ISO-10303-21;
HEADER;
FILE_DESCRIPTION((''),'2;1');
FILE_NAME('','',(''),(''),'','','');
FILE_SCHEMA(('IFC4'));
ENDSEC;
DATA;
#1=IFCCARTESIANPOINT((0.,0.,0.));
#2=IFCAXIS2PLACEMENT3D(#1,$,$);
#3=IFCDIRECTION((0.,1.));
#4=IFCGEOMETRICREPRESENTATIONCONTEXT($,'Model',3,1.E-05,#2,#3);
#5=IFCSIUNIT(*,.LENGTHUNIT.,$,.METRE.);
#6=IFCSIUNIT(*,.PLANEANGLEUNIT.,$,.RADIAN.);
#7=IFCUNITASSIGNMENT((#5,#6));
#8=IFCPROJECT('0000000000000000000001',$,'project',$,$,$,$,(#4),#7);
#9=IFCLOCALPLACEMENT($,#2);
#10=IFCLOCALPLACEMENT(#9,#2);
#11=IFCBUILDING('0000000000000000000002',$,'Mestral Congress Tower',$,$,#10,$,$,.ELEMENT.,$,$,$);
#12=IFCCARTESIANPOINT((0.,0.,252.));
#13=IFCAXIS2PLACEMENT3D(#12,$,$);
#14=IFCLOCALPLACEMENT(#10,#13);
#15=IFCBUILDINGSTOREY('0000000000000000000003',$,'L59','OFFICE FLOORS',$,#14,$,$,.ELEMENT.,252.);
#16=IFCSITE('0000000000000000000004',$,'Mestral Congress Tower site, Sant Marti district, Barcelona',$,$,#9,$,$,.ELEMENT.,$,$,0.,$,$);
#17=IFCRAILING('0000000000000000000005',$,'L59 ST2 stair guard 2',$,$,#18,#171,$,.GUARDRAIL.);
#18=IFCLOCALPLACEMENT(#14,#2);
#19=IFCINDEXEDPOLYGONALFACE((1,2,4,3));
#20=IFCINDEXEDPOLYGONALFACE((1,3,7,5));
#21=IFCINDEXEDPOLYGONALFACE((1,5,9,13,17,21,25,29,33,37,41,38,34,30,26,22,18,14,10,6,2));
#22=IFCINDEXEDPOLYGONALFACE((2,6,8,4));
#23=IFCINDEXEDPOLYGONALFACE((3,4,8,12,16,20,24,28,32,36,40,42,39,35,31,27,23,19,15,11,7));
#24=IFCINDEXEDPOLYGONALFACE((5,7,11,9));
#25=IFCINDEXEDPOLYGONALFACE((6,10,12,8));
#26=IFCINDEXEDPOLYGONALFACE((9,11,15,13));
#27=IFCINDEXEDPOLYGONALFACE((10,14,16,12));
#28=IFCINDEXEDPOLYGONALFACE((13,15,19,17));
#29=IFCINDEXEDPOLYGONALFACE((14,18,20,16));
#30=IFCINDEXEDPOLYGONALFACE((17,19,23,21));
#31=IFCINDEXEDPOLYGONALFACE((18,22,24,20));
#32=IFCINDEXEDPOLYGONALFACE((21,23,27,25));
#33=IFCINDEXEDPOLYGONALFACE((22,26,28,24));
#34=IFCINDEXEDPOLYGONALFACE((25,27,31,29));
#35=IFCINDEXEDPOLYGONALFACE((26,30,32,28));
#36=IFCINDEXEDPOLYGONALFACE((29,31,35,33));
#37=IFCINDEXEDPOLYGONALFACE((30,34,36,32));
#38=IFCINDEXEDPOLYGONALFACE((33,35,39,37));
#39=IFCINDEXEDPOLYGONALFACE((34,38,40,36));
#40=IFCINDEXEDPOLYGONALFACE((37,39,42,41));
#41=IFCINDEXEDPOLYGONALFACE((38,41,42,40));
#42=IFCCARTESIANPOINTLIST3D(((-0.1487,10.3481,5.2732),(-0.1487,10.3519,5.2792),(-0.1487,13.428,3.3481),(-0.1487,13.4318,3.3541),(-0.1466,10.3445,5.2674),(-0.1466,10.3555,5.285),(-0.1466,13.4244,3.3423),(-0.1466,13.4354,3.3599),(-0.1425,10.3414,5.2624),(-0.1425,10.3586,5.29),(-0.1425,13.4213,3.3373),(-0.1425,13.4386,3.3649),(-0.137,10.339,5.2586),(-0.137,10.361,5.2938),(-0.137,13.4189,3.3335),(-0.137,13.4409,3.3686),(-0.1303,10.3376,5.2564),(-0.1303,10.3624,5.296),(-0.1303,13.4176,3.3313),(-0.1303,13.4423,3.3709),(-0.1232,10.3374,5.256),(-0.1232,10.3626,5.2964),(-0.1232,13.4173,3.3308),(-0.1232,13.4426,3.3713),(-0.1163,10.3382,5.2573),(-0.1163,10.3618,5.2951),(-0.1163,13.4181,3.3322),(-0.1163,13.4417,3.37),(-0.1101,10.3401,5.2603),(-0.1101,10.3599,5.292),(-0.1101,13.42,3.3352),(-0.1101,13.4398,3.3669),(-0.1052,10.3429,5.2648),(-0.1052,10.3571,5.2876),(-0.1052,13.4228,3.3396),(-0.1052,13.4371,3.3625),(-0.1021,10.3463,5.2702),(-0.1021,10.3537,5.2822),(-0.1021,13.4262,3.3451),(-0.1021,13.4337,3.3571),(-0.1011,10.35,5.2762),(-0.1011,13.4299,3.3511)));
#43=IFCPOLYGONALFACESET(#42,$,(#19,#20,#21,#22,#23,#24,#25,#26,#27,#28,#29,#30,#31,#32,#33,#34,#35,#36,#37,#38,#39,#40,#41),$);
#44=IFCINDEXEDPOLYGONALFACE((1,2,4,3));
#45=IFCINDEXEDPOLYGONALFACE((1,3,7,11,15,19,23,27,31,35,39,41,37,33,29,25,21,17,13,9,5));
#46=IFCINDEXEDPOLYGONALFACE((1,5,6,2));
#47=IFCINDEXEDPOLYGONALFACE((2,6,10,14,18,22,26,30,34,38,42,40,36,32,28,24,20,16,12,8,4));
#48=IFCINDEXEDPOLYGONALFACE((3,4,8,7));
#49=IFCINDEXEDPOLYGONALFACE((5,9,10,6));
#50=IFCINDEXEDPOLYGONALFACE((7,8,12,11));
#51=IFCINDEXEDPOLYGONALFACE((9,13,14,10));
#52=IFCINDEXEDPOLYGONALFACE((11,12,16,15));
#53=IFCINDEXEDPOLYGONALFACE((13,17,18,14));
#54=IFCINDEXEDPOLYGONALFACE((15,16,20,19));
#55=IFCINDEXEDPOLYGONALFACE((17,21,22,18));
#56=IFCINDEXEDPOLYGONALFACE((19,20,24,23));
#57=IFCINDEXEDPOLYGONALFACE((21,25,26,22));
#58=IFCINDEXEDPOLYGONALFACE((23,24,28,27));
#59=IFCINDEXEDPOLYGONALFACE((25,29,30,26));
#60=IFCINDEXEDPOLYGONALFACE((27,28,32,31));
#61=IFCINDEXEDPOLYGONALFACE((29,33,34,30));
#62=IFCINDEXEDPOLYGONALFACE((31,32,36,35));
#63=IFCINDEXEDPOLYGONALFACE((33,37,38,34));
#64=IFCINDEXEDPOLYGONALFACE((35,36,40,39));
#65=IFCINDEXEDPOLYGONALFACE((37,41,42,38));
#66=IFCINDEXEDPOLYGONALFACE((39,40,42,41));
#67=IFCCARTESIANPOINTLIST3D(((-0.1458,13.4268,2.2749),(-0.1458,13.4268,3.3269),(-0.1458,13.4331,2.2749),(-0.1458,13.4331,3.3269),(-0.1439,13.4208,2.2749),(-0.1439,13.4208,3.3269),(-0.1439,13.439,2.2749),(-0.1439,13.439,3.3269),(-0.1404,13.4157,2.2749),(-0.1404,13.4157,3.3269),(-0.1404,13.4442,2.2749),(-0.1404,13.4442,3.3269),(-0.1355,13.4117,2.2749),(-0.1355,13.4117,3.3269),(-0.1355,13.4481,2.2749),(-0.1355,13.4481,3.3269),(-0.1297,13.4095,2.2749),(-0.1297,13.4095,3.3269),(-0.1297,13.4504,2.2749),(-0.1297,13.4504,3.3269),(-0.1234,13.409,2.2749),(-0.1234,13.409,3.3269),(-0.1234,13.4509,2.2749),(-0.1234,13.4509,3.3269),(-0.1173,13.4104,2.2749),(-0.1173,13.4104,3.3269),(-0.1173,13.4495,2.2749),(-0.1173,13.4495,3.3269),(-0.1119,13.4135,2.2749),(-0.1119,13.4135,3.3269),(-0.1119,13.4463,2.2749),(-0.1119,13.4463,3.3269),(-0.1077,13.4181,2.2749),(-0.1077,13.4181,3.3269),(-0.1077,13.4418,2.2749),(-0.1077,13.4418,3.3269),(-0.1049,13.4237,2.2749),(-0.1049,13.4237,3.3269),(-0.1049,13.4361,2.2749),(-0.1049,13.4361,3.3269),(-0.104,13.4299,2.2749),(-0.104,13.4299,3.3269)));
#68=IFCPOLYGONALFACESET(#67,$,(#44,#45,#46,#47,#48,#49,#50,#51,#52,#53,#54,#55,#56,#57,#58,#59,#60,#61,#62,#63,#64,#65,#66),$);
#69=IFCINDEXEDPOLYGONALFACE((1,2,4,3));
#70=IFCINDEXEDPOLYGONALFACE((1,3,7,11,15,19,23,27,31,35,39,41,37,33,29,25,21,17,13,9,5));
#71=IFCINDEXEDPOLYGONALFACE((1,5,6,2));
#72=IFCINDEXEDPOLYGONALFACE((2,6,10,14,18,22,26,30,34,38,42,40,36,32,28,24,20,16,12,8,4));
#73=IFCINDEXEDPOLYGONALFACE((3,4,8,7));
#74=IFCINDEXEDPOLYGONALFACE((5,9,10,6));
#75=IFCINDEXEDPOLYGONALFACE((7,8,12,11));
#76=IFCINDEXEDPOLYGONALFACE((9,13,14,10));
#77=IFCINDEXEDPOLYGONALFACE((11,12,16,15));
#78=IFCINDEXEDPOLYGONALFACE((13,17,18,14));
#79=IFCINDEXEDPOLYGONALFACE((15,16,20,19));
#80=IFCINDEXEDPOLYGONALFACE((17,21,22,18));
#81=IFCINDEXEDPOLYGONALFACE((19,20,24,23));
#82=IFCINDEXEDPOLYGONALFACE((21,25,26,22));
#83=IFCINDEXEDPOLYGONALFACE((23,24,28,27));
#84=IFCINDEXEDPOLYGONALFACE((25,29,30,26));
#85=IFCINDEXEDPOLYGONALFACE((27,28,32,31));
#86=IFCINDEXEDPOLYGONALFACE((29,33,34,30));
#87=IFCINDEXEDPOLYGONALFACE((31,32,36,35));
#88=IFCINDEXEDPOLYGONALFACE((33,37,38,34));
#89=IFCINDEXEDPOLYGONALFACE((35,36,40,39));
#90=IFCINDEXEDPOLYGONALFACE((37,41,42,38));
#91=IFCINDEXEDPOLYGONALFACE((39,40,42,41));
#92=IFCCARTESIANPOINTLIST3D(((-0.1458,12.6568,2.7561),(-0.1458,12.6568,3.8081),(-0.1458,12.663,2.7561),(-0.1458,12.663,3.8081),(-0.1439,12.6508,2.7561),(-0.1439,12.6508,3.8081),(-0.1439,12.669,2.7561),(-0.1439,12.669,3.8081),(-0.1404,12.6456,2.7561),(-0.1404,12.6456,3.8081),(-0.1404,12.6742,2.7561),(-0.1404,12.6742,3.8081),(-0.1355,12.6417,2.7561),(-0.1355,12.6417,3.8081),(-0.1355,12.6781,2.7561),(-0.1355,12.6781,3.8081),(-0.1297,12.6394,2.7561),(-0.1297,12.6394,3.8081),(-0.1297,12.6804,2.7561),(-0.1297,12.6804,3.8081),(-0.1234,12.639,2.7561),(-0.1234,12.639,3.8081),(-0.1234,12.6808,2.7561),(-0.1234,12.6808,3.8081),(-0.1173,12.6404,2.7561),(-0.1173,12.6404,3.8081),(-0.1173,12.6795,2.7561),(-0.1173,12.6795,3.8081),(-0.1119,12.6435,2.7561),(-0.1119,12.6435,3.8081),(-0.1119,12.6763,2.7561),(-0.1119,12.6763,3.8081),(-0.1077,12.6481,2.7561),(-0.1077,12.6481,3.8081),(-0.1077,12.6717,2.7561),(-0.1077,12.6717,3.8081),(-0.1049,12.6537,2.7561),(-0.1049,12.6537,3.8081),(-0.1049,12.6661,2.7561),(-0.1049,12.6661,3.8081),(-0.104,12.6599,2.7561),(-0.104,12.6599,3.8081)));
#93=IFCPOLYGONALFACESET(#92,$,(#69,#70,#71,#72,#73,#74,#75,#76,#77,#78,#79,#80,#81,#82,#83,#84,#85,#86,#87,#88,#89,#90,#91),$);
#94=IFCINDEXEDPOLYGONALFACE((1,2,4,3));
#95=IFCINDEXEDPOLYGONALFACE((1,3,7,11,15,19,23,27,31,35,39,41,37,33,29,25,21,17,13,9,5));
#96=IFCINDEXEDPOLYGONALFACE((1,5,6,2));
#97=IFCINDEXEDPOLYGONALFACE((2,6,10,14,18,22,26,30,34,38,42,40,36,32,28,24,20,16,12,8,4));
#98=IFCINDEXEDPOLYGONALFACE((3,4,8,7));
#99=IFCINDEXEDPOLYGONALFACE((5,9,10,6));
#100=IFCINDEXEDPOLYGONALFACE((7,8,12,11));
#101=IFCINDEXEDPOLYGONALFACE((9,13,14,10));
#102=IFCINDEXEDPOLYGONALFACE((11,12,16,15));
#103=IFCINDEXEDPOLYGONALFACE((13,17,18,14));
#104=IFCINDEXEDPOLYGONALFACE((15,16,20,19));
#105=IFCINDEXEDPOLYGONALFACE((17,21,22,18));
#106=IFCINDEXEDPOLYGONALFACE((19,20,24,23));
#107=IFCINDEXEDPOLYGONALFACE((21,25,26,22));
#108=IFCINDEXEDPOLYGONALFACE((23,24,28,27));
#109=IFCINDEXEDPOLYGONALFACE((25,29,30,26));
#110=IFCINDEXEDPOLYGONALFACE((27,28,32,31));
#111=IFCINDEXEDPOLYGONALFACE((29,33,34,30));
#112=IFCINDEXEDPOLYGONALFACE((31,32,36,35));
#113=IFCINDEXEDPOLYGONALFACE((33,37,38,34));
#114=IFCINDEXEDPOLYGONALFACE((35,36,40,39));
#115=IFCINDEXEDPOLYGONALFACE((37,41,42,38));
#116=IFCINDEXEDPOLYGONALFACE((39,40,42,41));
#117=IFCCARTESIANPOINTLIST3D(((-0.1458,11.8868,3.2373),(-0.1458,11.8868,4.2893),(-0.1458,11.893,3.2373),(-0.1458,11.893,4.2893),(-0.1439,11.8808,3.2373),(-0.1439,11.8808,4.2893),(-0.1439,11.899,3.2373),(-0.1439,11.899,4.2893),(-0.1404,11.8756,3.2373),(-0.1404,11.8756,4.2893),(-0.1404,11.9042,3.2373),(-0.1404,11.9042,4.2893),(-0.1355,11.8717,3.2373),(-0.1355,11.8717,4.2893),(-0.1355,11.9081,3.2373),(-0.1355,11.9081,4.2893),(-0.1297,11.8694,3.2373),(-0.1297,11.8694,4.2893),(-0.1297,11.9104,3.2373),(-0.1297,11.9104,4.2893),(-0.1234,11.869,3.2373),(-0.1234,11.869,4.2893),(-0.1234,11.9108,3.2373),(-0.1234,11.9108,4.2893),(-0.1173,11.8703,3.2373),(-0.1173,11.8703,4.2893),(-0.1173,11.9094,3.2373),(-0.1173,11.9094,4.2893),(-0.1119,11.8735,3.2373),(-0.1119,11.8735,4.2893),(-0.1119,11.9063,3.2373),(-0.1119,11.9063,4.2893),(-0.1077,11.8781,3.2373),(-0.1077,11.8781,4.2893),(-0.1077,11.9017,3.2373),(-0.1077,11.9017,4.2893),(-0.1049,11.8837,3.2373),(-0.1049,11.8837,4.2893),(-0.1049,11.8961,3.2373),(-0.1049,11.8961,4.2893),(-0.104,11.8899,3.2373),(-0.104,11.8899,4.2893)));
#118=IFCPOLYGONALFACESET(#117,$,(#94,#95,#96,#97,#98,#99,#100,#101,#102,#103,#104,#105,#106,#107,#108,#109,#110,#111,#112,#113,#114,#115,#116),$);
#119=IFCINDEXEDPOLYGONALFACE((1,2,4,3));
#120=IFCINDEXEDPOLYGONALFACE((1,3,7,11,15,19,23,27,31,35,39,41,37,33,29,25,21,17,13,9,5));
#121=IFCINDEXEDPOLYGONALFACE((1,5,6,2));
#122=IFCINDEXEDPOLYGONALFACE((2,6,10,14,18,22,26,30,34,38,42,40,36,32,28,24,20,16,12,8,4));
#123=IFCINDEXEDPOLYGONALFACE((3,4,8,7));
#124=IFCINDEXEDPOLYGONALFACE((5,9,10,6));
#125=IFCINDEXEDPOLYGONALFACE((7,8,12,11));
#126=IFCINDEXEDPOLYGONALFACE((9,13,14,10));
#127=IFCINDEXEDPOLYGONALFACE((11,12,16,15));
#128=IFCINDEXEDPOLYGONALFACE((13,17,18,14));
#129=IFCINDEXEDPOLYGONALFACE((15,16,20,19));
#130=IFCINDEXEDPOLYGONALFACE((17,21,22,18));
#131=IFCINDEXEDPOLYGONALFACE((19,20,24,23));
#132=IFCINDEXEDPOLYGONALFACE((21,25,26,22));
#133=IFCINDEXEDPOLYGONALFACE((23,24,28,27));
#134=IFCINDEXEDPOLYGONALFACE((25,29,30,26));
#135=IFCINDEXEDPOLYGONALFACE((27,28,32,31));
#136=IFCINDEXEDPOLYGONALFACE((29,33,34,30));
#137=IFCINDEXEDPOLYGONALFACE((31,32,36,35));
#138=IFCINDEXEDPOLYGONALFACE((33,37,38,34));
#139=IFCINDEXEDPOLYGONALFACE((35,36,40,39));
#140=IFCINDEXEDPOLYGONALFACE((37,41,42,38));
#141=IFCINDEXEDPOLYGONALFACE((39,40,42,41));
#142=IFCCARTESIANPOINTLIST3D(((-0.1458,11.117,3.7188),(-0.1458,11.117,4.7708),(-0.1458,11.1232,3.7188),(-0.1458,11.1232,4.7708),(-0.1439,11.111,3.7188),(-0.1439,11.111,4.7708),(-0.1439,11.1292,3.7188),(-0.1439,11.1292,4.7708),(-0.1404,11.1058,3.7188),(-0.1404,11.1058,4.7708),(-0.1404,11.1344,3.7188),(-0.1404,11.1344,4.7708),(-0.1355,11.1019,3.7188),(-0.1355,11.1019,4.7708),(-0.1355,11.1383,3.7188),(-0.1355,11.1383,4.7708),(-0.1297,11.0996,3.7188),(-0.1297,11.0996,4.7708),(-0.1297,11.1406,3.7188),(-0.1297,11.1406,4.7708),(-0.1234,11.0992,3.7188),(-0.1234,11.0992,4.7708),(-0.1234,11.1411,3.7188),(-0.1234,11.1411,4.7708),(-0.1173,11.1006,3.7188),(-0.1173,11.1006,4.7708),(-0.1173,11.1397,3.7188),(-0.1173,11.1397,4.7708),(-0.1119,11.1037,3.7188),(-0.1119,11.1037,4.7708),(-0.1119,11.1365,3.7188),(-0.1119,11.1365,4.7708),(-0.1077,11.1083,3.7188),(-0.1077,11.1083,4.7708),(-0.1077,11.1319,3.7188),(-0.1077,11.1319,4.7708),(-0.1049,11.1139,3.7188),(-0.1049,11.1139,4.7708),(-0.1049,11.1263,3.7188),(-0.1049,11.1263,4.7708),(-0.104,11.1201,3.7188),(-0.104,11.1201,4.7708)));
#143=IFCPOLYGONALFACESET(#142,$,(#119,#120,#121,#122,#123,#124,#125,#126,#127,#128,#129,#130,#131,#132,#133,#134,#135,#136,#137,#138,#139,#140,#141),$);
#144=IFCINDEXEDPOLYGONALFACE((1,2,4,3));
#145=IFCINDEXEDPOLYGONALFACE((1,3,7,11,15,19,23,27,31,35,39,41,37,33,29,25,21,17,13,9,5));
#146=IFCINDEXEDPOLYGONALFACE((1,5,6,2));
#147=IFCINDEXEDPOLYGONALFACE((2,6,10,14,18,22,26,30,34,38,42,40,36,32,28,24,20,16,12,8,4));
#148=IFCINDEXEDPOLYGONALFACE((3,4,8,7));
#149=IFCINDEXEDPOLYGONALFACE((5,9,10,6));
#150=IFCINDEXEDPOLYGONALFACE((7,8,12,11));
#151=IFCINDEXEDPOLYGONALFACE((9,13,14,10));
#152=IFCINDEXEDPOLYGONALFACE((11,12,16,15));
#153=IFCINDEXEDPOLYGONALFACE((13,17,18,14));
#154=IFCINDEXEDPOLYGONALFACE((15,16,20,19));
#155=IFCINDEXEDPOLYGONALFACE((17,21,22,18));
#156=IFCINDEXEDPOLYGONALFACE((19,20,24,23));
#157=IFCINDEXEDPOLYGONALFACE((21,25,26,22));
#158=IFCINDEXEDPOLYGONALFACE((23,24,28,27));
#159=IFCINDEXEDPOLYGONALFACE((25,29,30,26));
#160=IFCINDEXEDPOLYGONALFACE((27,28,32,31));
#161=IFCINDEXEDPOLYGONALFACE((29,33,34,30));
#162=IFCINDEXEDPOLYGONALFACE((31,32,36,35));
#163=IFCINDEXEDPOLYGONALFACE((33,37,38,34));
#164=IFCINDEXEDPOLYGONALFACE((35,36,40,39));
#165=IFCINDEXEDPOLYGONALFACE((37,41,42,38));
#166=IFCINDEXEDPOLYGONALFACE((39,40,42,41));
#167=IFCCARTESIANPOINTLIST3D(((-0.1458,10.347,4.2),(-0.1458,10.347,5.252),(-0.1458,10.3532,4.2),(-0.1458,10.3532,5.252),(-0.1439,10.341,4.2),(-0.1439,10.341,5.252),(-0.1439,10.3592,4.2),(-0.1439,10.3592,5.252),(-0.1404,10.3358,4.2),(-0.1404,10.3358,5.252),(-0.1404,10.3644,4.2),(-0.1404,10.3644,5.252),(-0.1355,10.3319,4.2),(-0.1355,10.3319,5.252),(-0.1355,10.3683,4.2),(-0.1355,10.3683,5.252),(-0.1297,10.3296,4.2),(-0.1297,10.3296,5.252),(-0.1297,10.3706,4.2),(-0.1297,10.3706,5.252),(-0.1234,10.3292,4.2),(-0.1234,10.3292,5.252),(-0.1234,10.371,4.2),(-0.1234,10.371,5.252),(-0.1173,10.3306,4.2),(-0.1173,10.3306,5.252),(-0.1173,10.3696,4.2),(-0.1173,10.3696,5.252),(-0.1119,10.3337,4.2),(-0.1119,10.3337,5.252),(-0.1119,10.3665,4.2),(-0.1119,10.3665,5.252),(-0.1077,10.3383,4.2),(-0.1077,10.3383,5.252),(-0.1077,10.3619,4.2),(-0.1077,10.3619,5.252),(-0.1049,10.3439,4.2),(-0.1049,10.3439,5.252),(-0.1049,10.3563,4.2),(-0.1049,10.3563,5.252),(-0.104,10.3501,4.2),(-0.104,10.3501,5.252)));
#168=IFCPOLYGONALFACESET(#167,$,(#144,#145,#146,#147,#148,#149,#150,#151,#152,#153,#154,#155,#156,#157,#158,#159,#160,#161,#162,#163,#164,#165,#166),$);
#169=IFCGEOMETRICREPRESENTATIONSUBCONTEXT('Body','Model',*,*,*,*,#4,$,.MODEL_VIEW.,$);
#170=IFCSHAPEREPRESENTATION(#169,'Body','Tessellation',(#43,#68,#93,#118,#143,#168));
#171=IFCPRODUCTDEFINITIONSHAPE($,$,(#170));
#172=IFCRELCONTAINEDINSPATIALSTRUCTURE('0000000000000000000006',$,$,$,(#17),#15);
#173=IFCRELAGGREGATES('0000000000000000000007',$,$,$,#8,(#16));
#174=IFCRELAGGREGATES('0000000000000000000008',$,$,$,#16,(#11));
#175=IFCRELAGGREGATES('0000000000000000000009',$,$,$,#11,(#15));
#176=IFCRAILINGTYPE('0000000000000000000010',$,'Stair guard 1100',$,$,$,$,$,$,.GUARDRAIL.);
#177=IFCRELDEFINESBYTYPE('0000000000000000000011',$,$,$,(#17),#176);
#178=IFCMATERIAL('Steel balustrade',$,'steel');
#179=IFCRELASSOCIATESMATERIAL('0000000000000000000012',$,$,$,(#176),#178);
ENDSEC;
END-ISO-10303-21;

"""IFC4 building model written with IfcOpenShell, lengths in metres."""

from ifc_helpers import new_model, si_unit, direction, frame, origin, origin_2d, place, context, subcontext, project, spatial, circle, extrude, material, type_object, element, save


model = new_model("IFC4")

# Units and contexts
model_context = context("Model", 3, precision=1e-05, world=origin(), true_north=direction((0.0, 1.0)))
body_context = subcontext(model_context, "Body", "Model", "MODEL_VIEW")
ifc_project = project(units=[si_unit("LENGTHUNIT", "METRE"), si_unit("PLANEANGLEUNIT", "RADIAN")], contexts=[model_context])

# Site, building, storey
site_placement = place(None, origin())
site = spatial("IfcSite", under=ifc_project, at=site_placement, Name="Mestral Congress Tower site, Sant Marti district, Barcelona", CompositionType="ELEMENT", RefElevation=0.0)
building_placement = place(site_placement, origin())
building = spatial("IfcBuilding", under=site, at=building_placement, Name="Mestral Congress Tower", CompositionType="ELEMENT")
storey_placement = place(building_placement, frame((0.0, 0.0, 252.0)))
storey = spatial("IfcBuildingStorey", under=building, at=storey_placement, Name="L59", Description="OFFICE FLOORS", CompositionType="ELEMENT", Elevation=252.0)

# Railing
ifc_material_1 = material(Name="Steel balustrade", Category="steel")
railing_type = type_object("IfcRailingType", Name="Stair guard 1100", PredefinedType="GUARDRAIL", material=ifc_material_1)
railing_placement = place(storey_placement, frame((-0.125, 13.4299, 2.2749)))
element("IfcRailing", 1, at=railing_placement, inside=storey, type_object=railing_type, Name="L59 ST2 stair guard 2", PredefinedType="GUARDRAIL", context=body_context, shape_type="SweptSolid", body=[
    extrude(circle(Radius=0.0239, at=origin_2d()), frame((0.0, 0.0, 1.0762), z_axis=(0.0, -0.847979, 0.530029), x_axis=(1.0, 0.0, 0.0)), (0.0, 0.0, 1.0), 3.6321),
    extrude(circle(Radius=0.021, at=origin_2d()), origin(), (0.0, 0.0, 1.0), 1.052),
    extrude(circle(Radius=0.021, at=origin_2d()), frame((0.0, -0.77, 0.4812)), (0.0, 0.0, 1.0), 1.052),
    extrude(circle(Radius=0.021, at=origin_2d()), frame((0.0, -1.54, 0.9624)), (0.0, 0.0, 1.0), 1.052),
    extrude(circle(Radius=0.021, at=origin_2d()), frame((0.0, -2.3098, 1.4438)), (0.0, 0.0, 1.0), 1.052),
    extrude(circle(Radius=0.021, at=origin_2d()), frame((0.0, -3.0798, 1.925)), (0.0, 0.0, 1.0), 1.052),
])

save(model, "model.ifc")
